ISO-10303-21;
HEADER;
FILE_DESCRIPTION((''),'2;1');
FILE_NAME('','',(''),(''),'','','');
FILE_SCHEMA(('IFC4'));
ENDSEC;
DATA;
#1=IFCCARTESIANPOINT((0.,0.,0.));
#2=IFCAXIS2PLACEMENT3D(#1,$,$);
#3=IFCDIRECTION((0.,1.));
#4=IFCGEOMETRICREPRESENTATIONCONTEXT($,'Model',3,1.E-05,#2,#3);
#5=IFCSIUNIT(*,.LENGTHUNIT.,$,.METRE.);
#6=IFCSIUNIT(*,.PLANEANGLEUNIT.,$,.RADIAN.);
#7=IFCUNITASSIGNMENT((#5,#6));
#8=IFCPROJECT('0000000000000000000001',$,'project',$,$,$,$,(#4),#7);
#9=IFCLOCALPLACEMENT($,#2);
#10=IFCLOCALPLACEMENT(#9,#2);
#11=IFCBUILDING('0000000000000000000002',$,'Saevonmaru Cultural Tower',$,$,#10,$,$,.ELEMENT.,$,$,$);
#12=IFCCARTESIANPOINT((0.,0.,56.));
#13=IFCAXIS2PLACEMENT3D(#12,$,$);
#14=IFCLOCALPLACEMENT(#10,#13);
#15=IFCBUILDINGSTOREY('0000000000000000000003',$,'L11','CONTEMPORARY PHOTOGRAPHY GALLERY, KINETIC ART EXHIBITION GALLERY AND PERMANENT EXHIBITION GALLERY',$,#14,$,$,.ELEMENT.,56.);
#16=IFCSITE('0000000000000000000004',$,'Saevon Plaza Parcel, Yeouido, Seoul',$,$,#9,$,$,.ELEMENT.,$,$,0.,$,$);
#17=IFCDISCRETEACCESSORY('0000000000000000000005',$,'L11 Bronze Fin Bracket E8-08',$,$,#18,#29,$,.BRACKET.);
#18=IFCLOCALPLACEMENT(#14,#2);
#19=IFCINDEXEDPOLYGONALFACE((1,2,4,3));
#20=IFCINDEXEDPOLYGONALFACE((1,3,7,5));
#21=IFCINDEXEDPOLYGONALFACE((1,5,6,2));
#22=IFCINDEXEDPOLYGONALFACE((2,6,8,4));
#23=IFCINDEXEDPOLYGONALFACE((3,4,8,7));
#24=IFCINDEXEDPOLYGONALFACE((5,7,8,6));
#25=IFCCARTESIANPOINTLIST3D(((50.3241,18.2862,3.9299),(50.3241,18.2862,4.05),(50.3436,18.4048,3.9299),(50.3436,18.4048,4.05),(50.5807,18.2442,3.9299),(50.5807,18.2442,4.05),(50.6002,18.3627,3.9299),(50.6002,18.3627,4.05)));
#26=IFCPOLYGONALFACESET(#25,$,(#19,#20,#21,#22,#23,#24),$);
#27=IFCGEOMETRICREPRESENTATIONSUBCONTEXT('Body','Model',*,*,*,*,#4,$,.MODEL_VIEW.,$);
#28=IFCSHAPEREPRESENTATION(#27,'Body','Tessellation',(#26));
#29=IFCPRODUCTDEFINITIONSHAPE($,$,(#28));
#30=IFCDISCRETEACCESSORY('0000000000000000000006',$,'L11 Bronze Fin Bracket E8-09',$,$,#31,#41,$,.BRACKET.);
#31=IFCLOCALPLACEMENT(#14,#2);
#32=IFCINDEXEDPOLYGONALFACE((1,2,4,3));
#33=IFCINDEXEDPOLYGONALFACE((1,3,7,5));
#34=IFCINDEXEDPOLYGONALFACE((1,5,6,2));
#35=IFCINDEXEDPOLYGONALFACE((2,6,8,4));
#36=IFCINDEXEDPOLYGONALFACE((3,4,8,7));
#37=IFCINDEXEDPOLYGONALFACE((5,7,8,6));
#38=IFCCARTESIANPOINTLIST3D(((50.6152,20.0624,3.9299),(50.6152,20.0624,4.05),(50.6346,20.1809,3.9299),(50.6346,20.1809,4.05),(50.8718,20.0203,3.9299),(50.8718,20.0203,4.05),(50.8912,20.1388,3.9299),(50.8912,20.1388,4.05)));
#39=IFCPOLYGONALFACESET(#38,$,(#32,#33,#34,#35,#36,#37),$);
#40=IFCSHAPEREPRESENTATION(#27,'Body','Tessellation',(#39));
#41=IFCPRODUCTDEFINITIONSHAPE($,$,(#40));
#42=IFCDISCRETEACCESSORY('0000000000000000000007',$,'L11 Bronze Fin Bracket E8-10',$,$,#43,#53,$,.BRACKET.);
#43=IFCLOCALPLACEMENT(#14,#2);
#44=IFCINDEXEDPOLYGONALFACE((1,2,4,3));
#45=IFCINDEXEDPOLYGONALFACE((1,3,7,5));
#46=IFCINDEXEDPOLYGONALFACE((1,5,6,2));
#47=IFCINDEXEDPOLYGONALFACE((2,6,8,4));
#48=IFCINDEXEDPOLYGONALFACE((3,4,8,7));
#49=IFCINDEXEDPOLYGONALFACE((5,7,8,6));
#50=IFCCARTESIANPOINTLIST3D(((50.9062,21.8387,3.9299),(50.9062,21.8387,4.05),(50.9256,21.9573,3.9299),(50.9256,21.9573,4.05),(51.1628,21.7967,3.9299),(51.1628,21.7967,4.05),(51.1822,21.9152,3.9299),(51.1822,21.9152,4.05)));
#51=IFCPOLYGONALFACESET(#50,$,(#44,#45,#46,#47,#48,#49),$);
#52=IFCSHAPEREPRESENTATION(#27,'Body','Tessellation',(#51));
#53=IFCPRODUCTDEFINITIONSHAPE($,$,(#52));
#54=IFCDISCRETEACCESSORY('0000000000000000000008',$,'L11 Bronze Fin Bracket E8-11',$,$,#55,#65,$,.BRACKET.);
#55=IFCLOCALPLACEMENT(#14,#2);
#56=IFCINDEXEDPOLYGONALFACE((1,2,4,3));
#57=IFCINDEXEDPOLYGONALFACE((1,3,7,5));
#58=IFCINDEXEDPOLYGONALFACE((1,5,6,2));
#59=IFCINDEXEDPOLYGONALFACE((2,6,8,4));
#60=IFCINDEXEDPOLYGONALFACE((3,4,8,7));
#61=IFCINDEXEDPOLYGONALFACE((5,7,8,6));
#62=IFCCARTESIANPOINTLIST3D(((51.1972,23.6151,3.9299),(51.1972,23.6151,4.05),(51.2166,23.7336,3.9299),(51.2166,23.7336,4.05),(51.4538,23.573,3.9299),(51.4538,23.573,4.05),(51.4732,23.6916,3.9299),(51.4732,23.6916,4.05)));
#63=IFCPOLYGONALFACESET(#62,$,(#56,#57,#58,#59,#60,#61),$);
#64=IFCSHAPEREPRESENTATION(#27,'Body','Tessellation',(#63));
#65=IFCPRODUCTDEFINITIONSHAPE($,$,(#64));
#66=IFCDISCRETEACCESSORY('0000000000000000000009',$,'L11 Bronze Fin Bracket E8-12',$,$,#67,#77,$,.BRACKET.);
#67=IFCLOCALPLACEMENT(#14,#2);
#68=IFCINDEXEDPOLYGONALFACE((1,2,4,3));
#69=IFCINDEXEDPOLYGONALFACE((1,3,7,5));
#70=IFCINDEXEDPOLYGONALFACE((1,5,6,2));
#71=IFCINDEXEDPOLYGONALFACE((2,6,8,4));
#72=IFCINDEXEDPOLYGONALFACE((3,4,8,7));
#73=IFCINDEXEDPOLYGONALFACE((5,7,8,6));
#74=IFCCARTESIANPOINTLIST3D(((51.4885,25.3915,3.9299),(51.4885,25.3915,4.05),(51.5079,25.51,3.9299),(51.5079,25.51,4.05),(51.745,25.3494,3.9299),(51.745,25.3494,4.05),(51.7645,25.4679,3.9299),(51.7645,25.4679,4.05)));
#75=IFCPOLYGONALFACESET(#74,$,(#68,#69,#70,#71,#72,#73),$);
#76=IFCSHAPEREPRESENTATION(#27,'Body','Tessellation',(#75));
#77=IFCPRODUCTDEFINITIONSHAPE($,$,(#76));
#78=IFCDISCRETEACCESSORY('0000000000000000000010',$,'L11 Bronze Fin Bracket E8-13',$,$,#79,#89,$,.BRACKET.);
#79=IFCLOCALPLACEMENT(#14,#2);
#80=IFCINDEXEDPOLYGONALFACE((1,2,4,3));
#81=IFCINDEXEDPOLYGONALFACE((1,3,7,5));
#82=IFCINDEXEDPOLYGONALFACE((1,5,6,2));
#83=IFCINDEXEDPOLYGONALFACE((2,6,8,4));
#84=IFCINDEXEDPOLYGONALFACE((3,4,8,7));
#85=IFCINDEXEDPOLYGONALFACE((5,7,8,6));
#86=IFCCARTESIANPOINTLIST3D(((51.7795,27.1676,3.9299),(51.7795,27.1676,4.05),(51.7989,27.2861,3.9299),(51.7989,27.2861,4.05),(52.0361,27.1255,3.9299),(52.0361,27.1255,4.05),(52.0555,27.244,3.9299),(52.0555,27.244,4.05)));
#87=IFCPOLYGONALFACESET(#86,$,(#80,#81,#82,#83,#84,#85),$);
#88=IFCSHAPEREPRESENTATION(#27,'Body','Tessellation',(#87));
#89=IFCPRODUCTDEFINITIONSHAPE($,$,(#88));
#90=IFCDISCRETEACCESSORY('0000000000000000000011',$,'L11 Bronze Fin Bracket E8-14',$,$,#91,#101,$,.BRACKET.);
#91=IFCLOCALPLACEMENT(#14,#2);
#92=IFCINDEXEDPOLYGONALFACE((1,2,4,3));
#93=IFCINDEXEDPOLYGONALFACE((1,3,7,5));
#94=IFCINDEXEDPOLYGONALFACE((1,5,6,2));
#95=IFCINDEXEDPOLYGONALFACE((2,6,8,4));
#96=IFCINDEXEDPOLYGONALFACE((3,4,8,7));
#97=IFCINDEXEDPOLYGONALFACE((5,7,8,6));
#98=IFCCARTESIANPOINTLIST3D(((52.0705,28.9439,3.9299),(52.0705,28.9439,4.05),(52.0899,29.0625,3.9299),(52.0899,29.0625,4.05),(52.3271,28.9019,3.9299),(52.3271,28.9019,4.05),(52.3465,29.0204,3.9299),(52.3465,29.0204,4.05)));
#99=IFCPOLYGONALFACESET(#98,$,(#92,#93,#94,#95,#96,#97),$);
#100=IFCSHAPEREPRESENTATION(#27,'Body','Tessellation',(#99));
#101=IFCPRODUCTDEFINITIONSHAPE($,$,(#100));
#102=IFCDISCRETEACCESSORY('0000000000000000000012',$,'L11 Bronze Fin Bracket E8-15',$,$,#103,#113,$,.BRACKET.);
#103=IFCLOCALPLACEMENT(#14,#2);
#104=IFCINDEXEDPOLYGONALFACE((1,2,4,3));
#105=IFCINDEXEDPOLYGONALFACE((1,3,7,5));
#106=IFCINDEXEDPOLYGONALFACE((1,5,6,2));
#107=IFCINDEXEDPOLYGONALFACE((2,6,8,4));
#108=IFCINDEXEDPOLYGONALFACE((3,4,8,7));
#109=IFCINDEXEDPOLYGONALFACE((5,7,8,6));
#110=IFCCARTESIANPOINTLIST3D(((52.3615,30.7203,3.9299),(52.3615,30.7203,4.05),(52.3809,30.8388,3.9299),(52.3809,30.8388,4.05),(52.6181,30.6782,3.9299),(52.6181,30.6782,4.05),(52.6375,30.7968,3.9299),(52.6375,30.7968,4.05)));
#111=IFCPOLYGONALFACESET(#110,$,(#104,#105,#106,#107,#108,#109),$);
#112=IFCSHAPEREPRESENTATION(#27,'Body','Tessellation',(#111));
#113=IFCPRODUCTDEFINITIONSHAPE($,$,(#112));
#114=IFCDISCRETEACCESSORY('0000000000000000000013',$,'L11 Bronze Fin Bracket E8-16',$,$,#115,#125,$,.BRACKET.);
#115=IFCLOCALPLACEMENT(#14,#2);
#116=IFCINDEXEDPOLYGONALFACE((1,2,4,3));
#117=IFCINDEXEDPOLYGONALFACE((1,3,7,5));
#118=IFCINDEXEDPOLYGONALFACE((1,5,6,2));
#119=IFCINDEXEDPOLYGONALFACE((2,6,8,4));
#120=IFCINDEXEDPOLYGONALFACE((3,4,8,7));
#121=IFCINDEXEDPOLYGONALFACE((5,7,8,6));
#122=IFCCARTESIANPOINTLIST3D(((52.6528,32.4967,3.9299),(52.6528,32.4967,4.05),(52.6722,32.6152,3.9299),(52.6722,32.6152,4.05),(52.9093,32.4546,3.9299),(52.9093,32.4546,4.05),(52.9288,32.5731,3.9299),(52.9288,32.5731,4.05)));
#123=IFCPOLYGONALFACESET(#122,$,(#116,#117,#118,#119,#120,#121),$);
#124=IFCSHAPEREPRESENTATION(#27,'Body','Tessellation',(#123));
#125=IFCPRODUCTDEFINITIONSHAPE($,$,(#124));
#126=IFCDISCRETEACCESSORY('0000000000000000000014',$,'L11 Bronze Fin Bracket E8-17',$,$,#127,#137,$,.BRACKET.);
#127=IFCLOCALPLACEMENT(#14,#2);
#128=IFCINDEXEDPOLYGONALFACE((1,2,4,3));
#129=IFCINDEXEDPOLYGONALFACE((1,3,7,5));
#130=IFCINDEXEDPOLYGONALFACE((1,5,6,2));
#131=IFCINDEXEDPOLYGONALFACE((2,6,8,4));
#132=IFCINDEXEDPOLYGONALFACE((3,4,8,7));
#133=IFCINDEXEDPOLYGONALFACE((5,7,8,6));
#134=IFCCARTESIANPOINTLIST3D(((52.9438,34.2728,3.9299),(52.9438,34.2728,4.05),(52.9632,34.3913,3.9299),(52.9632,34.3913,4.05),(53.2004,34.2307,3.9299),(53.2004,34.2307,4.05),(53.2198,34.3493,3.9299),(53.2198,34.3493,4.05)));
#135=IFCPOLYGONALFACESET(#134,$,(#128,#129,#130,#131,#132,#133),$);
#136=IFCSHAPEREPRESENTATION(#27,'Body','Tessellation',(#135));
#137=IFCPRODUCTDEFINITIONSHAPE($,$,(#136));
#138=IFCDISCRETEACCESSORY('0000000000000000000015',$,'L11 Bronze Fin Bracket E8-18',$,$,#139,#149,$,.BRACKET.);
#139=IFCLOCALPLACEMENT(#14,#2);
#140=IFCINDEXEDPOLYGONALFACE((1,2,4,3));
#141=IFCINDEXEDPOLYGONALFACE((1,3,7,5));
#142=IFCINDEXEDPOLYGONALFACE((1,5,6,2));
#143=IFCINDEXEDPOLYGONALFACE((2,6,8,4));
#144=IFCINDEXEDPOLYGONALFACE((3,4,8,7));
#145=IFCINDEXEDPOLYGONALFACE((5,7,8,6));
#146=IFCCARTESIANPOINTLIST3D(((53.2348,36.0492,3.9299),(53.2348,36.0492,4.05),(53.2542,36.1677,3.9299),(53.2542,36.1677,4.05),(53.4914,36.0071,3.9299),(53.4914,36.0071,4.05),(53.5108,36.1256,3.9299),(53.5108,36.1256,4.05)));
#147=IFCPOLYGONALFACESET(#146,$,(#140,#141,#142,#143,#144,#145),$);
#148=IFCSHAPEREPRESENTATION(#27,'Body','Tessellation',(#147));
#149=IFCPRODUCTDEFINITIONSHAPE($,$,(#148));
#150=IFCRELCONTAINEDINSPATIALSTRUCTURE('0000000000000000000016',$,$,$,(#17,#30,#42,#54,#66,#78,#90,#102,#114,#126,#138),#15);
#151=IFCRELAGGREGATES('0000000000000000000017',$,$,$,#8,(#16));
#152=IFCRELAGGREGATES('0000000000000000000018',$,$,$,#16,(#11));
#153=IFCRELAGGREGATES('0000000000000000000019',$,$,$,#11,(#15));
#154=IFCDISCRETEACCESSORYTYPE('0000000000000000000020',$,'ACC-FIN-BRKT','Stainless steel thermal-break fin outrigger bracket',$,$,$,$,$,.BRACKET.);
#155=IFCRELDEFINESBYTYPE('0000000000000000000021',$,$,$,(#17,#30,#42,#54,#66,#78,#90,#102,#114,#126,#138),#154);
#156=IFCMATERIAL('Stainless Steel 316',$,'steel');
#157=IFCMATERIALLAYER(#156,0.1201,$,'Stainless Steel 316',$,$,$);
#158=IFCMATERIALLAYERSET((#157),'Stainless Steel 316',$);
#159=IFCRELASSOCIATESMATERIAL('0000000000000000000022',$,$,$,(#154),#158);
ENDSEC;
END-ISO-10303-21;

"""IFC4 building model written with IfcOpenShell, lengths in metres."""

from ifc_helpers import new_model, si_unit, direction, frame, origin, origin_2d, place, context, subcontext, project, spatial, rectangle, extrude, material, layer, layer_set, type_object, element, save


model = new_model("IFC4")

# Units and contexts
model_context = context("Model", 3, precision=1e-05, world=origin(), true_north=direction((0.0, 1.0)))
body_context = subcontext(model_context, "Body", "Model", "MODEL_VIEW")
ifc_project = project(units=[si_unit("LENGTHUNIT", "METRE"), si_unit("PLANEANGLEUNIT", "RADIAN")], contexts=[model_context])

# Site, building, storey
site_placement = place(None, origin())
site = spatial("IfcSite", under=ifc_project, at=site_placement, Name="Saevon Plaza Parcel, Yeouido, Seoul", CompositionType="ELEMENT", RefElevation=0.0)
building_placement = place(site_placement, origin())
building = spatial("IfcBuilding", under=site, at=building_placement, Name="Saevonmaru Cultural Tower", CompositionType="ELEMENT")
storey_placement = place(building_placement, frame((0.0, 0.0, 56.0)))
storey = spatial("IfcBuildingStorey", under=building, at=storey_placement, Name="L11", Description="CONTEMPORARY PHOTOGRAPHY GALLERY, KINETIC ART EXHIBITION GALLERY AND PERMANENT EXHIBITION GALLERY", CompositionType="ELEMENT", Elevation=56.0)

# Discrete accessories
ifc_material_1 = material(Name="Stainless Steel 316", Category="steel")
ifc_layer_1 = layer(ifc_material_1, 0.1201, Name="Stainless Steel 316")
ifc_layer_set_1 = layer_set([ifc_layer_1], Name="Stainless Steel 316")
discrete_accessory_type = type_object("IfcDiscreteAccessoryType", Name="ACC-FIN-BRKT", Description="Stainless steel thermal-break fin outrigger bracket", PredefinedType="BRACKET", material=ifc_layer_set_1)
for number, where, z_axis, x_axis, name in (
    (1, (50.4622, 18.3245, 3.9299), (0.0, 0.0, 1.0), (0.986827, -0.161776, 0.0), "L11 Bronze Fin Bracket E8-08"),
    (2, (50.7532, 20.1006, 3.9299), (0.0, 0.0, 1.0), (0.986827, -0.161776, 0.0), "L11 Bronze Fin Bracket E8-09"),
    (3, (51.0442, 21.877, 3.9299), (0.0, 0.0, 1.0), (0.986827, -0.161776, 0.0), "L11 Bronze Fin Bracket E8-10"),
    (4, (51.3352, 23.6533, 3.9299), (0.0, 0.0, 1.0), (0.986827, -0.161776, 0.0), "L11 Bronze Fin Bracket E8-11"),
    (5, (51.6265, 25.4297, 3.9299), (0.0, 0.0, 1.0), (0.986827, -0.161776, 0.0), "L11 Bronze Fin Bracket E8-12"),
    (6, (51.9175, 27.2058, 3.9299), (0.0, 0.0, 1.0), (0.986827, -0.161776, 0.0), "L11 Bronze Fin Bracket E8-13"),
    (7, (52.2085, 28.9822, 3.9299), (0.0, 0.0, 1.0), (0.986827, -0.161776, 0.0), "L11 Bronze Fin Bracket E8-14"),
    (8, (52.4995, 30.7585, 3.9299), (0.0, 0.0, 1.0), (0.986827, -0.161776, 0.0), "L11 Bronze Fin Bracket E8-15"),
    (9, (52.7908, 32.5349, 3.9299), (0.0, 0.0, 1.0), (0.986827, -0.161776, 0.0), "L11 Bronze Fin Bracket E8-16"),
    (10, (53.0818, 34.311, 3.9299), (0.0, 0.0, 1.0), (0.986827, -0.161776, 0.0), "L11 Bronze Fin Bracket E8-17"),
    (11, (53.3728, 36.0874, 3.9299), (0.0, 0.0, 1.0), (0.986827, -0.161776, 0.0), "L11 Bronze Fin Bracket E8-18"),
):
    element("IfcDiscreteAccessory", number, at=place(storey_placement, frame(where, z_axis=z_axis, x_axis=x_axis)), inside=storey, type_object=discrete_accessory_type, Name=name, PredefinedType="BRACKET", context=body_context, shape_type="SweptSolid", body=[
        extrude(rectangle(XDim=0.26, YDim=0.1201, at=origin_2d()), origin(), (0.0, 0.0, 1.0), 0.1201),
    ])

save(model, "model.ifc")
